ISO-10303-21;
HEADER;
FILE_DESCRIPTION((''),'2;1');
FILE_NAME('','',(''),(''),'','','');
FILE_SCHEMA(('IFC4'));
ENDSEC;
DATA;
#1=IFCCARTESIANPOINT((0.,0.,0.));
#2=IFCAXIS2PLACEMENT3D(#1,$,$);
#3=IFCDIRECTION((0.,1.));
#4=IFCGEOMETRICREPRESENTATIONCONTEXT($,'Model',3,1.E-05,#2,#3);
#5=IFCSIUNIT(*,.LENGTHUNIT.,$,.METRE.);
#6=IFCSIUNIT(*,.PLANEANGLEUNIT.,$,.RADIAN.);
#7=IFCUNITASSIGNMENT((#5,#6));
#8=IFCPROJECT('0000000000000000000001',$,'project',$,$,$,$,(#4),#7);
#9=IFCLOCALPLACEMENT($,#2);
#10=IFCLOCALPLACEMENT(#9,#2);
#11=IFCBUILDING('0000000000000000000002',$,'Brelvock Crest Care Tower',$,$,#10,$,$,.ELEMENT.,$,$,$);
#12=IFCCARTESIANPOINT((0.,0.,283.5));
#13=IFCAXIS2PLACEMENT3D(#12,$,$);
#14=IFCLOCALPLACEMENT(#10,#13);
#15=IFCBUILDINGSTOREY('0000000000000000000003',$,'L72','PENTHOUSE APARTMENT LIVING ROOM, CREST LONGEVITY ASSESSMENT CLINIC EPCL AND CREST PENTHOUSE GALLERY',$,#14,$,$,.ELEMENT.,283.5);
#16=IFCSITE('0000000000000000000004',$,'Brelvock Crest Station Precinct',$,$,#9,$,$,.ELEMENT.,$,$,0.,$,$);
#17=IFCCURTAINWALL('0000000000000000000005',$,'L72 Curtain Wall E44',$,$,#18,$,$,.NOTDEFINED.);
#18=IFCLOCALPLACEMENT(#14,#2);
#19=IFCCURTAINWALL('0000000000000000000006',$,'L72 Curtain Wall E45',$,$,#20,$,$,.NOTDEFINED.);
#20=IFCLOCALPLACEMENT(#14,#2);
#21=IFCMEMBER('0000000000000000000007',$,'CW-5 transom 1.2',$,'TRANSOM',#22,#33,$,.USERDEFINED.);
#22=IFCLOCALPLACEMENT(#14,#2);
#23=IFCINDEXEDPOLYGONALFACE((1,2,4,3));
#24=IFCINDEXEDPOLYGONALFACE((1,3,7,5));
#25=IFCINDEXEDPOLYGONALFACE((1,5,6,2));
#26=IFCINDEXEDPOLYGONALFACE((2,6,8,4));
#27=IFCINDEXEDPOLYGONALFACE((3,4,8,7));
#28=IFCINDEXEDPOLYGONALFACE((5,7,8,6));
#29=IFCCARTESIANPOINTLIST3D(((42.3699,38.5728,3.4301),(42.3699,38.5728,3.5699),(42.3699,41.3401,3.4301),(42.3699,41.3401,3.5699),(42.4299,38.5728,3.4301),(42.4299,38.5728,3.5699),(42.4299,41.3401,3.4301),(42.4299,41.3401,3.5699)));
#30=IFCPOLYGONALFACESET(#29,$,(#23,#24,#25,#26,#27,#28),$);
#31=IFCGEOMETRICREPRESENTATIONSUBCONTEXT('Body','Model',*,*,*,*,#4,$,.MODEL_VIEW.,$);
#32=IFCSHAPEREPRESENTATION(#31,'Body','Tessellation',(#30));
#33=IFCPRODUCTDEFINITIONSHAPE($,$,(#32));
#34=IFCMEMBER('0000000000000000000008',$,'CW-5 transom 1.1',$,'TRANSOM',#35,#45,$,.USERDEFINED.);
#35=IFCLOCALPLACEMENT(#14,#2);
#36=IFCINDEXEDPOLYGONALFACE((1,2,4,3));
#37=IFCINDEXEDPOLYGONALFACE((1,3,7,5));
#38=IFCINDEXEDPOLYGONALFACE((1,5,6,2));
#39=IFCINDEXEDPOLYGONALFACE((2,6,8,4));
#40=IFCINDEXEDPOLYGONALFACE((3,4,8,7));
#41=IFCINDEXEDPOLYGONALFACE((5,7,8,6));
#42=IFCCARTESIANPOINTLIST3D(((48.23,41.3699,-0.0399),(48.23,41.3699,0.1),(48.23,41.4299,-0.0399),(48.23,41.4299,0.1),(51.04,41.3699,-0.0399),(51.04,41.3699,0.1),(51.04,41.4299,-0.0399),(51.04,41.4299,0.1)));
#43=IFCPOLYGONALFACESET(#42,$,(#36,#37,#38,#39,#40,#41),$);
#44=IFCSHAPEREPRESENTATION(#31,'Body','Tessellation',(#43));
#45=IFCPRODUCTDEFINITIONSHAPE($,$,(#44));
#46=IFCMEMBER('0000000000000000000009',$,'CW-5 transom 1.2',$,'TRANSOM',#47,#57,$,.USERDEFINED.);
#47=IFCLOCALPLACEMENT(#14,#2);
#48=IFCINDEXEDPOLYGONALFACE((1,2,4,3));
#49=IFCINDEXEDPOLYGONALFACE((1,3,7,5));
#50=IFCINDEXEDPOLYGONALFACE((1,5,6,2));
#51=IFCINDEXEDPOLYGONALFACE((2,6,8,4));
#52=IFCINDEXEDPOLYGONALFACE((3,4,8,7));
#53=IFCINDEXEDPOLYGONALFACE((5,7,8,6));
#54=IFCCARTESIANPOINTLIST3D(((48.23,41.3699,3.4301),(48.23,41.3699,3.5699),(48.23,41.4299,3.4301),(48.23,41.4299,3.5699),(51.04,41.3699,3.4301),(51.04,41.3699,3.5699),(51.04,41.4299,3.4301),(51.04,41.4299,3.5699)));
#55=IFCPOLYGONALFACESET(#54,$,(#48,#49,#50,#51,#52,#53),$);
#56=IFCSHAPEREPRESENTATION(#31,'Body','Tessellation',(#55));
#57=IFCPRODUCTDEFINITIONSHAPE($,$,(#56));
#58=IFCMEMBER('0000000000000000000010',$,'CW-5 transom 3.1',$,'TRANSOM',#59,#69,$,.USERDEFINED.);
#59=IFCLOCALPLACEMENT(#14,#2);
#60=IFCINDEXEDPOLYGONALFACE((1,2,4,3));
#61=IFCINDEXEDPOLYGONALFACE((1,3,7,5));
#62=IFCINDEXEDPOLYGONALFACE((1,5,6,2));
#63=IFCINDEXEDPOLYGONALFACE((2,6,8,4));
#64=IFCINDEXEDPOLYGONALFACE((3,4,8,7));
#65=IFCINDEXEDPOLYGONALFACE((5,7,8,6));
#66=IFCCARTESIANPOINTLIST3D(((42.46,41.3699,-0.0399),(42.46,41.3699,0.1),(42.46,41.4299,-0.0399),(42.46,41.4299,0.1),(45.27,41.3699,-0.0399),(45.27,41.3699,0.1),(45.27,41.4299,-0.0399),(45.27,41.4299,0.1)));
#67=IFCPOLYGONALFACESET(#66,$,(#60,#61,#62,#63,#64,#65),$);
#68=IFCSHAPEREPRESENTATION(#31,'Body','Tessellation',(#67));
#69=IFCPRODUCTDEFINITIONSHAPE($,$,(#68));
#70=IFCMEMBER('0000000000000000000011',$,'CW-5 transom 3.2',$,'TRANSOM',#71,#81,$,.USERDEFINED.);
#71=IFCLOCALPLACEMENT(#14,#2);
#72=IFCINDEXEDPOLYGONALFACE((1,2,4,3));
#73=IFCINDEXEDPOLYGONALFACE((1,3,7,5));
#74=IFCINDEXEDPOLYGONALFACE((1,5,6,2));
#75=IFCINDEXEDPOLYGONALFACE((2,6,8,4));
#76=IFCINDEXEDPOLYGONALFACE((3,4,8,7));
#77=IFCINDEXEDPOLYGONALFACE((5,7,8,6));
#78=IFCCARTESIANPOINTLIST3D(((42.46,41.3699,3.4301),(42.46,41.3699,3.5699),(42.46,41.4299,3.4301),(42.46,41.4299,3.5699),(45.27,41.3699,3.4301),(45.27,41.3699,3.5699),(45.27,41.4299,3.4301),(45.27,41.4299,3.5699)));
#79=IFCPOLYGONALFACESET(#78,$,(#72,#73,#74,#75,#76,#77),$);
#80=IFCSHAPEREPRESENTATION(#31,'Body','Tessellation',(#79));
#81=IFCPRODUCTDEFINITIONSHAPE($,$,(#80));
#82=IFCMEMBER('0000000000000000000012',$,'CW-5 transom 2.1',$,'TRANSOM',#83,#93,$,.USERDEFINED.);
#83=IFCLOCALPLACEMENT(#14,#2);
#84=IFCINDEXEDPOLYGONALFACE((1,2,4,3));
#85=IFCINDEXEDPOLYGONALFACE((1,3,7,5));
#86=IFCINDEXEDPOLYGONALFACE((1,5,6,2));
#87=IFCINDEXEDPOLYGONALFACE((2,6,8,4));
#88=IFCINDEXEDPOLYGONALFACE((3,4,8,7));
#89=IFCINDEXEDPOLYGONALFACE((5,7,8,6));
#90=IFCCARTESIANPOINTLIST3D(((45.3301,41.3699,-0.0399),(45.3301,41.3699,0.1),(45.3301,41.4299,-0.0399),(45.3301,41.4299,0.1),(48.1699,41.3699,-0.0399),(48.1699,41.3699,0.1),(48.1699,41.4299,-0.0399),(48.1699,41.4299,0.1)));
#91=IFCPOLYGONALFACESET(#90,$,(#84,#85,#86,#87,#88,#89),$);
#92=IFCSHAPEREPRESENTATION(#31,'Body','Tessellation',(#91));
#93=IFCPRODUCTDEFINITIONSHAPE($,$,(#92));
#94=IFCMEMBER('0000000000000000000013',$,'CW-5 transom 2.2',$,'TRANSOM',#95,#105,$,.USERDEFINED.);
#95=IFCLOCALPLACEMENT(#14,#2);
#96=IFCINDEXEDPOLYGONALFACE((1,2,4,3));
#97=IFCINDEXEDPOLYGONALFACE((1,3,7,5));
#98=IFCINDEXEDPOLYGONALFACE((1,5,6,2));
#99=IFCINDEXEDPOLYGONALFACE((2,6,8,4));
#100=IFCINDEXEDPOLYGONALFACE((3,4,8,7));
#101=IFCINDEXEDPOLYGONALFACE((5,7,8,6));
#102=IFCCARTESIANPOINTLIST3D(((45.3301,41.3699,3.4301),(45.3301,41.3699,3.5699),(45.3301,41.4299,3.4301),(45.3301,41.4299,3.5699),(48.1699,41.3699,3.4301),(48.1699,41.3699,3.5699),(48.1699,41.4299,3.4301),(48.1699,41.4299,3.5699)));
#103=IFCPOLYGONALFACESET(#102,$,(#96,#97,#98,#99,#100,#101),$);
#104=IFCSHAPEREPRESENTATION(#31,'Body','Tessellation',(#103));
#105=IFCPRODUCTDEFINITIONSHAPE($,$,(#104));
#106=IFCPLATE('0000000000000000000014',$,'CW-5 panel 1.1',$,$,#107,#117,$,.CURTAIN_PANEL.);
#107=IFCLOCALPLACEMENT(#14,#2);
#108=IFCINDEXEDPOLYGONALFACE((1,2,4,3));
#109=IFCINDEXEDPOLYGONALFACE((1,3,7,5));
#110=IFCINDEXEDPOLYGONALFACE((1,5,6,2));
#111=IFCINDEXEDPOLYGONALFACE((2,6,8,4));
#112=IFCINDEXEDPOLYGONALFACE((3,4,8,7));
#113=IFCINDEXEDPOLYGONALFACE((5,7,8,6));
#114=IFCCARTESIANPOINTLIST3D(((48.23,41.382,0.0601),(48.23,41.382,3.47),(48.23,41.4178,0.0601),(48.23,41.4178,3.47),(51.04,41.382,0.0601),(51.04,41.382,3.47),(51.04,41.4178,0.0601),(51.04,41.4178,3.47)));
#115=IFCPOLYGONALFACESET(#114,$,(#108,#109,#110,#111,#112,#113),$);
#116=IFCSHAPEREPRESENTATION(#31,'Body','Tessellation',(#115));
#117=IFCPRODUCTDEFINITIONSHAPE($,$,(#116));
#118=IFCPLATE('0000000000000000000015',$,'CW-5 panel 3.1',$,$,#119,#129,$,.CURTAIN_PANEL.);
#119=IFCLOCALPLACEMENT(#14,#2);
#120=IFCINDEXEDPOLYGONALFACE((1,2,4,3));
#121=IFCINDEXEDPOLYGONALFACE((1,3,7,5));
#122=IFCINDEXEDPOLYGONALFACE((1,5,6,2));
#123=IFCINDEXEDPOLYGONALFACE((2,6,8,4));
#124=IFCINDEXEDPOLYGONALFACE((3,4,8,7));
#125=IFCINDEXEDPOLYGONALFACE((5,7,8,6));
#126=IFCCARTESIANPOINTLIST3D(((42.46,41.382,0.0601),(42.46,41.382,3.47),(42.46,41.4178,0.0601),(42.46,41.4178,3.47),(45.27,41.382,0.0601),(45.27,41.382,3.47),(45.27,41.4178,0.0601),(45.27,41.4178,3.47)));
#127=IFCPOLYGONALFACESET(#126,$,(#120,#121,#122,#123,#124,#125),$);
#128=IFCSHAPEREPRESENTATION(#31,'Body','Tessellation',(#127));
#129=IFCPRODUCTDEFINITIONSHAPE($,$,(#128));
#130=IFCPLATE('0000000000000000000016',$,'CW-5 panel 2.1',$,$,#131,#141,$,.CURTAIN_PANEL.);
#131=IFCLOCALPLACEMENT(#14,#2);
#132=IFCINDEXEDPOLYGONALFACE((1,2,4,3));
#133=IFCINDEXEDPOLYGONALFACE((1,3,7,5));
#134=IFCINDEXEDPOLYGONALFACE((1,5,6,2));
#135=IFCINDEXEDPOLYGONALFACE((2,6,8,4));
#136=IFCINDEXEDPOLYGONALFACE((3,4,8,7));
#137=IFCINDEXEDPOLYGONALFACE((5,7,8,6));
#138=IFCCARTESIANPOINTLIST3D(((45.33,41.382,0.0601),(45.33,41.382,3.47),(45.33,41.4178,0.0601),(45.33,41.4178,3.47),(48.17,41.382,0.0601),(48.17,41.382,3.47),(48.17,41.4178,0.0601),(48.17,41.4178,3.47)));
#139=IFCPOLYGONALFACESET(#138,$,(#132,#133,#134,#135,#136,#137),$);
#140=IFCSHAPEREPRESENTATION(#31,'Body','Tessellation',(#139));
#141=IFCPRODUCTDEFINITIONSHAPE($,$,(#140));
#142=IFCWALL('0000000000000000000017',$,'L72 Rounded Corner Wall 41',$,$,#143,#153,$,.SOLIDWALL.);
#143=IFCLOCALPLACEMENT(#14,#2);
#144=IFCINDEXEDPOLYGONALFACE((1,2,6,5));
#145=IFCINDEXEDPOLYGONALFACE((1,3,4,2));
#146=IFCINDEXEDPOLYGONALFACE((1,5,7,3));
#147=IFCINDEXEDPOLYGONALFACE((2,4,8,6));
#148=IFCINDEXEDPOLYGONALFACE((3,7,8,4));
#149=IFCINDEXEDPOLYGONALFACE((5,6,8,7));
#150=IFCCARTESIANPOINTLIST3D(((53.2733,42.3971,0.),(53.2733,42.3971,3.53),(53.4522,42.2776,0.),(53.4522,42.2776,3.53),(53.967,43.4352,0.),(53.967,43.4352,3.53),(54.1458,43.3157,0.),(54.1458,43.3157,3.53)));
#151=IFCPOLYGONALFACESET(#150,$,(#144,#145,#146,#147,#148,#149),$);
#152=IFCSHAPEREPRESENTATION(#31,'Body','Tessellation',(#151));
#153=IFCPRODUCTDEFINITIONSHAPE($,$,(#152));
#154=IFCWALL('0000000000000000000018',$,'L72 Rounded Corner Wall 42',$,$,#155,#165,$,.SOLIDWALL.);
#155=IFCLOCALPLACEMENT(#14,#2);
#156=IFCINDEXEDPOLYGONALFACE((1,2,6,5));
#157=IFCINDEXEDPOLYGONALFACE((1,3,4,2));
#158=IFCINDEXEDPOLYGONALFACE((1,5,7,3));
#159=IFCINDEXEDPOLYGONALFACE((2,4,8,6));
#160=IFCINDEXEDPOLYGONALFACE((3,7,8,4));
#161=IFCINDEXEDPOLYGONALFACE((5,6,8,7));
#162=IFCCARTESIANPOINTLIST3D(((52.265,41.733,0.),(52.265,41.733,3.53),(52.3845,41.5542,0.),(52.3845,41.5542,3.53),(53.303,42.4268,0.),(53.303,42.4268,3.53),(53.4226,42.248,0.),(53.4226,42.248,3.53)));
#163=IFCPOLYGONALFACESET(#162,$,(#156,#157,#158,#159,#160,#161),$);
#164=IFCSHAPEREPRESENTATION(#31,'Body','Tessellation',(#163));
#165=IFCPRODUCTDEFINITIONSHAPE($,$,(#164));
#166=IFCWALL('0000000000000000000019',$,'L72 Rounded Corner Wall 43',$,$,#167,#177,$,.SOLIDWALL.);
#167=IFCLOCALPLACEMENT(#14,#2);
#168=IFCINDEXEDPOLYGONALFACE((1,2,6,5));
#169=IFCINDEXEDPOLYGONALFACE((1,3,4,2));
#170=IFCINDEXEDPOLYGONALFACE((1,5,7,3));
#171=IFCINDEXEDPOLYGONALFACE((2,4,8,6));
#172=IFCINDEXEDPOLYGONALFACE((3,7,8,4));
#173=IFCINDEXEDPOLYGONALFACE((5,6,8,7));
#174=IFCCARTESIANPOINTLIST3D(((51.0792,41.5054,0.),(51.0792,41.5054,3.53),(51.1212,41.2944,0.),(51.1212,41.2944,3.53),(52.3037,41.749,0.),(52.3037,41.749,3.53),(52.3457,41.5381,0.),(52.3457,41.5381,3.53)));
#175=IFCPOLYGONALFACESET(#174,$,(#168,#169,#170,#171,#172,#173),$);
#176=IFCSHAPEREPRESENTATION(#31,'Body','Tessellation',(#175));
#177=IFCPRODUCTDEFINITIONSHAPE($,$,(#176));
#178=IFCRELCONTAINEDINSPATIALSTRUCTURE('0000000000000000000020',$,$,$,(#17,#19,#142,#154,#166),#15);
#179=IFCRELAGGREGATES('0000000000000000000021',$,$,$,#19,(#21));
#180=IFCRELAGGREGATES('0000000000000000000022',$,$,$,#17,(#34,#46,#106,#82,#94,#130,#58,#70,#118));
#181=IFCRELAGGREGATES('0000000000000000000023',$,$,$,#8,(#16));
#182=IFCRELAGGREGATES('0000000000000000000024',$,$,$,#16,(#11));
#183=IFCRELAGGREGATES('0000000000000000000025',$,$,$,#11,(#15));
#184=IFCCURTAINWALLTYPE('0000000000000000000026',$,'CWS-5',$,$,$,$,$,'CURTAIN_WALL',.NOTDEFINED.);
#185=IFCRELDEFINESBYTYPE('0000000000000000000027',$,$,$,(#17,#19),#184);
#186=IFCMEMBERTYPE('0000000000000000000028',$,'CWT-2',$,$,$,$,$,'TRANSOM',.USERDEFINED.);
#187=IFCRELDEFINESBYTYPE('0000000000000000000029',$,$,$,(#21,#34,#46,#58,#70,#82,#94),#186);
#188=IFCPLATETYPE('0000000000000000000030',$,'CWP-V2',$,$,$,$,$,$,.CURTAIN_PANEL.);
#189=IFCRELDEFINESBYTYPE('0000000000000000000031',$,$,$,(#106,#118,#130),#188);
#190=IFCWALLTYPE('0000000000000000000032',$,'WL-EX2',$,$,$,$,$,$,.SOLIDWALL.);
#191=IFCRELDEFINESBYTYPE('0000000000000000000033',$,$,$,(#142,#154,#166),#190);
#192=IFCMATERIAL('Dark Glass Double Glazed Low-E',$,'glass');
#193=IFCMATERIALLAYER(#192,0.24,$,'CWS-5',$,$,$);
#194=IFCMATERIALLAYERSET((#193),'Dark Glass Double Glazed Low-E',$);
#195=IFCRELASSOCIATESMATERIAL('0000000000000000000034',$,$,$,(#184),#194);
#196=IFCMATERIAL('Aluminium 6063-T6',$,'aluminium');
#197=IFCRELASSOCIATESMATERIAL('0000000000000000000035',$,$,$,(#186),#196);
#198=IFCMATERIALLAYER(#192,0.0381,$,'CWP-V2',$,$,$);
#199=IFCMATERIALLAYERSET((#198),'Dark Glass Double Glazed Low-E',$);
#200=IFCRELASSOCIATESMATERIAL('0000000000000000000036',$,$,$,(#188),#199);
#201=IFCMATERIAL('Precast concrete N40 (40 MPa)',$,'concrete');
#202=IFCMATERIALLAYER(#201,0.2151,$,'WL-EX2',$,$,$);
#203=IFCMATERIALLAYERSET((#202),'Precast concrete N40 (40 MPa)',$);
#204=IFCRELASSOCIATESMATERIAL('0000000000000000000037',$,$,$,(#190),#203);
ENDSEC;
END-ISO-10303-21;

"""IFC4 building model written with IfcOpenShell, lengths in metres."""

from ifc_helpers import new_model, si_unit, direction, frame, frame_2d, origin, origin_2d, place, context, subcontext, project, spatial, rectangle, extrude, source, transform, mapped, material, layer, layer_set, material_profile, profile_set, type_object, element, aggregate, save


model = new_model("IFC4")

# Units and contexts
model_context = context("Model", 3, precision=1e-05, world=origin(), true_north=direction((0.0, 1.0)))
body_context = subcontext(model_context, "Body", "Model", "MODEL_VIEW")
ifc_project = project(units=[si_unit("LENGTHUNIT", "METRE"), si_unit("PLANEANGLEUNIT", "RADIAN")], contexts=[model_context])

# Site, building, storey
site_placement = place(None, origin())
site = spatial("IfcSite", under=ifc_project, at=site_placement, Name="Brelvock Crest Station Precinct", CompositionType="ELEMENT", RefElevation=0.0)
building_placement = place(site_placement, origin())
building = spatial("IfcBuilding", under=site, at=building_placement, Name="Brelvock Crest Care Tower", CompositionType="ELEMENT")
storey_placement = place(building_placement, frame((0.0, 0.0, 283.5)))
storey = spatial("IfcBuildingStorey", under=building, at=storey_placement, Name="L72", Description="PENTHOUSE APARTMENT LIVING ROOM, CREST LONGEVITY ASSESSMENT CLINIC EPCL AND CREST PENTHOUSE GALLERY", CompositionType="ELEMENT", Elevation=283.5)

# Curtain walls, member
ifc_material_1 = material(Name="Dark Glass Double Glazed Low-E", Category="glass")
ifc_layer_1 = layer(ifc_material_1, 0.24, Name="CWS-5")
ifc_layer_set_1 = layer_set([ifc_layer_1], Name="Dark Glass Double Glazed Low-E")
curtain_wall_type = type_object("IfcCurtainWallType", Name="CWS-5", ElementType="CURTAIN_WALL", PredefinedType="NOTDEFINED", material=ifc_layer_set_1)
curtain_wall_1_placement = place(storey_placement, origin())
curtain_wall_1 = element("IfcCurtainWall", 1, at=curtain_wall_1_placement, inside=storey, type_object=curtain_wall_type, Name="L72 Curtain Wall E44", PredefinedType="NOTDEFINED")
ifc_material_2 = material(Name="Aluminium 6063-T6", Category="aluminium")
curtain_wall_2_placement = place(storey_placement, origin())
curtain_wall_2 = element("IfcCurtainWall", 2, at=curtain_wall_2_placement, inside=storey, type_object=curtain_wall_type, Name="L72 Curtain Wall E45", PredefinedType="NOTDEFINED")
ifc_material_profile_1 = material_profile(ifc_material_2, rectangle(XDim=0.0601, YDim=0.1399, at=origin_2d()), Name="ALU60x140")
ifc_profile_set_1 = profile_set([ifc_material_profile_1], Name="Aluminium 6063-T6")
member_type_1 = type_object("IfcMemberType", Name="CWT-2", ElementType="TRANSOM", PredefinedType="USERDEFINED", material=ifc_profile_set_1)
shared_shape_1 = source(origin(), body_context, "Body", "SweptSolid", [
    extrude(rectangle(XDim=0.0601, YDim=0.1399, at=origin_2d()), origin(), (0.0, 0.0, 1.0), 2.7673),
])
member_1_placement = place(storey_placement, frame((42.3999, 41.3401, 3.5), z_axis=(0.0, -1.0, 0.0), x_axis=(1.0, 0.0, 0.0)))
member_1 = element("IfcMember", 3, at=member_1_placement, type_object=member_type_1, Name="CW-5 transom 1.2", ObjectType="TRANSOM", PredefinedType="USERDEFINED", context=body_context, shape_type="MappedRepresentation", body=[
    mapped(shared_shape_1, transform((0.0, 0.0, 0.0), x_axis=(1.0, 0.0, 0.0), y_axis=(0.0, 1.0, 0.0), z_axis=(0.0, 0.0, 1.0), scale=1.0)),
])
aggregate(curtain_wall_2, [member_1])

# Members
shared_shape_2 = source(origin(), body_context, "Body", "SweptSolid", [
    extrude(rectangle(XDim=0.0601, YDim=0.1399, at=origin_2d()), origin(), (0.0, 0.0, 1.0), 2.8101),
])
member_2_placement = place(storey_placement, frame((51.04, 41.3999, 0.03), z_axis=(-1.0, 0.0, 0.0), x_axis=(0.0, -1.0, 0.0)))
member_2 = element("IfcMember", 4, at=member_2_placement, type_object=member_type_1, Name="CW-5 transom 1.1", ObjectType="TRANSOM", PredefinedType="USERDEFINED", context=body_context, shape_type="MappedRepresentation", body=[
    mapped(shared_shape_2, transform((0.0, 0.0, 0.0), x_axis=(1.0, 0.0, 0.0), y_axis=(0.0, 1.0, 0.0), z_axis=(0.0, 0.0, 1.0), scale=1.0)),
])
member_3_placement = place(storey_placement, frame((51.04, 41.3999, 3.5), z_axis=(-1.0, 0.0, 0.0), x_axis=(0.0, -1.0, 0.0)))
member_3 = element("IfcMember", 5, at=member_3_placement, type_object=member_type_1, Name="CW-5 transom 1.2", ObjectType="TRANSOM", PredefinedType="USERDEFINED", context=body_context, shape_type="MappedRepresentation", body=[
    mapped(shared_shape_2, transform((0.0, 0.0, 0.0), x_axis=(1.0, 0.0, 0.0), y_axis=(0.0, 1.0, 0.0), z_axis=(0.0, 0.0, 1.0), scale=1.0)),
])
member_4_placement = place(storey_placement, frame((45.27, 41.3999, 0.03), z_axis=(-1.0, 0.0, 0.0), x_axis=(0.0, -1.0, 0.0)))
member_4 = element("IfcMember", 6, at=member_4_placement, type_object=member_type_1, Name="CW-5 transom 3.1", ObjectType="TRANSOM", PredefinedType="USERDEFINED", context=body_context, shape_type="MappedRepresentation", body=[
    mapped(shared_shape_2, transform((0.0, 0.0, 0.0), x_axis=(1.0, 0.0, 0.0), y_axis=(0.0, 1.0, 0.0), z_axis=(0.0, 0.0, 1.0), scale=1.0)),
])
member_5_placement = place(storey_placement, frame((45.27, 41.3999, 3.5), z_axis=(-1.0, 0.0, 0.0), x_axis=(0.0, -1.0, 0.0)))
member_5 = element("IfcMember", 7, at=member_5_placement, type_object=member_type_1, Name="CW-5 transom 3.2", ObjectType="TRANSOM", PredefinedType="USERDEFINED", context=body_context, shape_type="MappedRepresentation", body=[
    mapped(shared_shape_2, transform((0.0, 0.0, 0.0), x_axis=(1.0, 0.0, 0.0), y_axis=(0.0, 1.0, 0.0), z_axis=(0.0, 0.0, 1.0), scale=1.0)),
])
shared_shape_3 = source(origin(), body_context, "Body", "SweptSolid", [
    extrude(rectangle(XDim=0.0601, YDim=0.1399, at=origin_2d()), origin(), (0.0, 0.0, 1.0), 2.8398),
])
member_6_placement = place(storey_placement, frame((48.1699, 41.3999, 0.03), z_axis=(-1.0, 0.0, 0.0), x_axis=(0.0, -1.0, 0.0)))
member_6 = element("IfcMember", 8, at=member_6_placement, type_object=member_type_1, Name="CW-5 transom 2.1", ObjectType="TRANSOM", PredefinedType="USERDEFINED", context=body_context, shape_type="MappedRepresentation", body=[
    mapped(shared_shape_3, transform((0.0, 0.0, 0.0), x_axis=(1.0, 0.0, 0.0), y_axis=(0.0, 1.0, 0.0), z_axis=(0.0, 0.0, 1.0), scale=1.0)),
])
member_7_placement = place(storey_placement, frame((48.1699, 41.3999, 3.5), z_axis=(-1.0, 0.0, 0.0), x_axis=(0.0, -1.0, 0.0)))
member_7 = element("IfcMember", 9, at=member_7_placement, type_object=member_type_1, Name="CW-5 transom 2.2", ObjectType="TRANSOM", PredefinedType="USERDEFINED", context=body_context, shape_type="MappedRepresentation", body=[
    mapped(shared_shape_3, transform((0.0, 0.0, 0.0), x_axis=(1.0, 0.0, 0.0), y_axis=(0.0, 1.0, 0.0), z_axis=(0.0, 0.0, 1.0), scale=1.0)),
])

# Plates
ifc_layer_2 = layer(ifc_material_1, 0.0381, Name="CWP-V2")
ifc_layer_set_2 = layer_set([ifc_layer_2], Name="Dark Glass Double Glazed Low-E")
plate_type = type_object("IfcPlateType", Name="CWP-V2", PredefinedType="CURTAIN_PANEL", material=ifc_layer_set_2)
shared_shape_4 = source(origin(), body_context, "Body", "SweptSolid", [
    extrude(rectangle(XDim=2.8101, YDim=0.0359, at=origin_2d()), origin(), (0.0, 0.0, 1.0), 3.4099),
])
plate_1_placement = place(storey_placement, frame((49.635, 41.3999, 0.0601), z_axis=(0.0, 0.0, 1.0), x_axis=(-1.0, 0.0, 0.0)))
plate_1 = element("IfcPlate", 10, at=plate_1_placement, type_object=plate_type, Name="CW-5 panel 1.1", PredefinedType="CURTAIN_PANEL", context=body_context, shape_type="MappedRepresentation", body=[
    mapped(shared_shape_4, transform((0.0, 0.0, 0.0), x_axis=(1.0, 0.0, 0.0), y_axis=(0.0, 1.0, 0.0), z_axis=(0.0, 0.0, 1.0), scale=1.0)),
])
plate_2_placement = place(storey_placement, frame((43.865, 41.3999, 0.0601), z_axis=(0.0, 0.0, 1.0), x_axis=(-1.0, 0.0, 0.0)))
plate_2 = element("IfcPlate", 11, at=plate_2_placement, type_object=plate_type, Name="CW-5 panel 3.1", PredefinedType="CURTAIN_PANEL", context=body_context, shape_type="MappedRepresentation", body=[
    mapped(shared_shape_4, transform((0.0, 0.0, 0.0), x_axis=(1.0, 0.0, 0.0), y_axis=(0.0, 1.0, 0.0), z_axis=(0.0, 0.0, 1.0), scale=1.0)),
])
shared_shape_5 = source(origin(), body_context, "Body", "SweptSolid", [
    extrude(rectangle(XDim=2.8401, YDim=0.0359, at=origin_2d()), origin(), (0.0, 0.0, 1.0), 3.4099),
])
plate_3_placement = place(storey_placement, frame((46.75, 41.3999, 0.0601), z_axis=(0.0, 0.0, 1.0), x_axis=(-1.0, 0.0, 0.0)))
plate_3 = element("IfcPlate", 12, at=plate_3_placement, type_object=plate_type, Name="CW-5 panel 2.1", PredefinedType="CURTAIN_PANEL", context=body_context, shape_type="MappedRepresentation", body=[
    mapped(shared_shape_5, transform((0.0, 0.0, 0.0), x_axis=(1.0, 0.0, 0.0), y_axis=(0.0, 1.0, 0.0), z_axis=(0.0, 0.0, 1.0), scale=1.0)),
])
aggregate(curtain_wall_1, [member_2, member_3, plate_1, member_6, member_7, plate_3, member_4, member_5, plate_2])

# Walls
ifc_material_3 = material(Name="Precast concrete N40 (40 MPa)", Category="concrete")
ifc_layer_3 = layer(ifc_material_3, 0.2151, Name="WL-EX2")
ifc_layer_set_3 = layer_set([ifc_layer_3], Name="Precast concrete N40 (40 MPa)")
wall_type = type_object("IfcWallType", Name="WL-EX2", PredefinedType="SOLIDWALL", material=ifc_layer_set_3)
for number, where, z_axis, x_axis, name in (
    (13, (54.0564, 43.3755, 0.0), (0.0, 0.0, 1.0), (-0.555557, -0.831478, 0.0), "L72 Rounded Corner Wall 41"),
    (14, (53.3628, 42.3374, 0.0), (0.0, 0.0, 1.0), (-0.831388, -0.555692, 0.0), "L72 Rounded Corner Wall 42"),
    (15, (52.3247, 41.6436, 0.0), (0.0, 0.0, 1.0), (-0.980776, -0.195138, 0.0), "L72 Rounded Corner Wall 43"),
):
    element("IfcWall", number, at=place(storey_placement, frame(where, z_axis=z_axis, x_axis=x_axis)), inside=storey, type_object=wall_type, Name=name, PredefinedType="SOLIDWALL", context=body_context, shape_type="SweptSolid", body=[
        extrude(rectangle(XDim=1.2485, YDim=0.2151, at=frame_2d((0.6243, 0.0))), origin(), (0.0, 0.0, 1.0), 3.53),
    ])

save(model, "model.ifc")
